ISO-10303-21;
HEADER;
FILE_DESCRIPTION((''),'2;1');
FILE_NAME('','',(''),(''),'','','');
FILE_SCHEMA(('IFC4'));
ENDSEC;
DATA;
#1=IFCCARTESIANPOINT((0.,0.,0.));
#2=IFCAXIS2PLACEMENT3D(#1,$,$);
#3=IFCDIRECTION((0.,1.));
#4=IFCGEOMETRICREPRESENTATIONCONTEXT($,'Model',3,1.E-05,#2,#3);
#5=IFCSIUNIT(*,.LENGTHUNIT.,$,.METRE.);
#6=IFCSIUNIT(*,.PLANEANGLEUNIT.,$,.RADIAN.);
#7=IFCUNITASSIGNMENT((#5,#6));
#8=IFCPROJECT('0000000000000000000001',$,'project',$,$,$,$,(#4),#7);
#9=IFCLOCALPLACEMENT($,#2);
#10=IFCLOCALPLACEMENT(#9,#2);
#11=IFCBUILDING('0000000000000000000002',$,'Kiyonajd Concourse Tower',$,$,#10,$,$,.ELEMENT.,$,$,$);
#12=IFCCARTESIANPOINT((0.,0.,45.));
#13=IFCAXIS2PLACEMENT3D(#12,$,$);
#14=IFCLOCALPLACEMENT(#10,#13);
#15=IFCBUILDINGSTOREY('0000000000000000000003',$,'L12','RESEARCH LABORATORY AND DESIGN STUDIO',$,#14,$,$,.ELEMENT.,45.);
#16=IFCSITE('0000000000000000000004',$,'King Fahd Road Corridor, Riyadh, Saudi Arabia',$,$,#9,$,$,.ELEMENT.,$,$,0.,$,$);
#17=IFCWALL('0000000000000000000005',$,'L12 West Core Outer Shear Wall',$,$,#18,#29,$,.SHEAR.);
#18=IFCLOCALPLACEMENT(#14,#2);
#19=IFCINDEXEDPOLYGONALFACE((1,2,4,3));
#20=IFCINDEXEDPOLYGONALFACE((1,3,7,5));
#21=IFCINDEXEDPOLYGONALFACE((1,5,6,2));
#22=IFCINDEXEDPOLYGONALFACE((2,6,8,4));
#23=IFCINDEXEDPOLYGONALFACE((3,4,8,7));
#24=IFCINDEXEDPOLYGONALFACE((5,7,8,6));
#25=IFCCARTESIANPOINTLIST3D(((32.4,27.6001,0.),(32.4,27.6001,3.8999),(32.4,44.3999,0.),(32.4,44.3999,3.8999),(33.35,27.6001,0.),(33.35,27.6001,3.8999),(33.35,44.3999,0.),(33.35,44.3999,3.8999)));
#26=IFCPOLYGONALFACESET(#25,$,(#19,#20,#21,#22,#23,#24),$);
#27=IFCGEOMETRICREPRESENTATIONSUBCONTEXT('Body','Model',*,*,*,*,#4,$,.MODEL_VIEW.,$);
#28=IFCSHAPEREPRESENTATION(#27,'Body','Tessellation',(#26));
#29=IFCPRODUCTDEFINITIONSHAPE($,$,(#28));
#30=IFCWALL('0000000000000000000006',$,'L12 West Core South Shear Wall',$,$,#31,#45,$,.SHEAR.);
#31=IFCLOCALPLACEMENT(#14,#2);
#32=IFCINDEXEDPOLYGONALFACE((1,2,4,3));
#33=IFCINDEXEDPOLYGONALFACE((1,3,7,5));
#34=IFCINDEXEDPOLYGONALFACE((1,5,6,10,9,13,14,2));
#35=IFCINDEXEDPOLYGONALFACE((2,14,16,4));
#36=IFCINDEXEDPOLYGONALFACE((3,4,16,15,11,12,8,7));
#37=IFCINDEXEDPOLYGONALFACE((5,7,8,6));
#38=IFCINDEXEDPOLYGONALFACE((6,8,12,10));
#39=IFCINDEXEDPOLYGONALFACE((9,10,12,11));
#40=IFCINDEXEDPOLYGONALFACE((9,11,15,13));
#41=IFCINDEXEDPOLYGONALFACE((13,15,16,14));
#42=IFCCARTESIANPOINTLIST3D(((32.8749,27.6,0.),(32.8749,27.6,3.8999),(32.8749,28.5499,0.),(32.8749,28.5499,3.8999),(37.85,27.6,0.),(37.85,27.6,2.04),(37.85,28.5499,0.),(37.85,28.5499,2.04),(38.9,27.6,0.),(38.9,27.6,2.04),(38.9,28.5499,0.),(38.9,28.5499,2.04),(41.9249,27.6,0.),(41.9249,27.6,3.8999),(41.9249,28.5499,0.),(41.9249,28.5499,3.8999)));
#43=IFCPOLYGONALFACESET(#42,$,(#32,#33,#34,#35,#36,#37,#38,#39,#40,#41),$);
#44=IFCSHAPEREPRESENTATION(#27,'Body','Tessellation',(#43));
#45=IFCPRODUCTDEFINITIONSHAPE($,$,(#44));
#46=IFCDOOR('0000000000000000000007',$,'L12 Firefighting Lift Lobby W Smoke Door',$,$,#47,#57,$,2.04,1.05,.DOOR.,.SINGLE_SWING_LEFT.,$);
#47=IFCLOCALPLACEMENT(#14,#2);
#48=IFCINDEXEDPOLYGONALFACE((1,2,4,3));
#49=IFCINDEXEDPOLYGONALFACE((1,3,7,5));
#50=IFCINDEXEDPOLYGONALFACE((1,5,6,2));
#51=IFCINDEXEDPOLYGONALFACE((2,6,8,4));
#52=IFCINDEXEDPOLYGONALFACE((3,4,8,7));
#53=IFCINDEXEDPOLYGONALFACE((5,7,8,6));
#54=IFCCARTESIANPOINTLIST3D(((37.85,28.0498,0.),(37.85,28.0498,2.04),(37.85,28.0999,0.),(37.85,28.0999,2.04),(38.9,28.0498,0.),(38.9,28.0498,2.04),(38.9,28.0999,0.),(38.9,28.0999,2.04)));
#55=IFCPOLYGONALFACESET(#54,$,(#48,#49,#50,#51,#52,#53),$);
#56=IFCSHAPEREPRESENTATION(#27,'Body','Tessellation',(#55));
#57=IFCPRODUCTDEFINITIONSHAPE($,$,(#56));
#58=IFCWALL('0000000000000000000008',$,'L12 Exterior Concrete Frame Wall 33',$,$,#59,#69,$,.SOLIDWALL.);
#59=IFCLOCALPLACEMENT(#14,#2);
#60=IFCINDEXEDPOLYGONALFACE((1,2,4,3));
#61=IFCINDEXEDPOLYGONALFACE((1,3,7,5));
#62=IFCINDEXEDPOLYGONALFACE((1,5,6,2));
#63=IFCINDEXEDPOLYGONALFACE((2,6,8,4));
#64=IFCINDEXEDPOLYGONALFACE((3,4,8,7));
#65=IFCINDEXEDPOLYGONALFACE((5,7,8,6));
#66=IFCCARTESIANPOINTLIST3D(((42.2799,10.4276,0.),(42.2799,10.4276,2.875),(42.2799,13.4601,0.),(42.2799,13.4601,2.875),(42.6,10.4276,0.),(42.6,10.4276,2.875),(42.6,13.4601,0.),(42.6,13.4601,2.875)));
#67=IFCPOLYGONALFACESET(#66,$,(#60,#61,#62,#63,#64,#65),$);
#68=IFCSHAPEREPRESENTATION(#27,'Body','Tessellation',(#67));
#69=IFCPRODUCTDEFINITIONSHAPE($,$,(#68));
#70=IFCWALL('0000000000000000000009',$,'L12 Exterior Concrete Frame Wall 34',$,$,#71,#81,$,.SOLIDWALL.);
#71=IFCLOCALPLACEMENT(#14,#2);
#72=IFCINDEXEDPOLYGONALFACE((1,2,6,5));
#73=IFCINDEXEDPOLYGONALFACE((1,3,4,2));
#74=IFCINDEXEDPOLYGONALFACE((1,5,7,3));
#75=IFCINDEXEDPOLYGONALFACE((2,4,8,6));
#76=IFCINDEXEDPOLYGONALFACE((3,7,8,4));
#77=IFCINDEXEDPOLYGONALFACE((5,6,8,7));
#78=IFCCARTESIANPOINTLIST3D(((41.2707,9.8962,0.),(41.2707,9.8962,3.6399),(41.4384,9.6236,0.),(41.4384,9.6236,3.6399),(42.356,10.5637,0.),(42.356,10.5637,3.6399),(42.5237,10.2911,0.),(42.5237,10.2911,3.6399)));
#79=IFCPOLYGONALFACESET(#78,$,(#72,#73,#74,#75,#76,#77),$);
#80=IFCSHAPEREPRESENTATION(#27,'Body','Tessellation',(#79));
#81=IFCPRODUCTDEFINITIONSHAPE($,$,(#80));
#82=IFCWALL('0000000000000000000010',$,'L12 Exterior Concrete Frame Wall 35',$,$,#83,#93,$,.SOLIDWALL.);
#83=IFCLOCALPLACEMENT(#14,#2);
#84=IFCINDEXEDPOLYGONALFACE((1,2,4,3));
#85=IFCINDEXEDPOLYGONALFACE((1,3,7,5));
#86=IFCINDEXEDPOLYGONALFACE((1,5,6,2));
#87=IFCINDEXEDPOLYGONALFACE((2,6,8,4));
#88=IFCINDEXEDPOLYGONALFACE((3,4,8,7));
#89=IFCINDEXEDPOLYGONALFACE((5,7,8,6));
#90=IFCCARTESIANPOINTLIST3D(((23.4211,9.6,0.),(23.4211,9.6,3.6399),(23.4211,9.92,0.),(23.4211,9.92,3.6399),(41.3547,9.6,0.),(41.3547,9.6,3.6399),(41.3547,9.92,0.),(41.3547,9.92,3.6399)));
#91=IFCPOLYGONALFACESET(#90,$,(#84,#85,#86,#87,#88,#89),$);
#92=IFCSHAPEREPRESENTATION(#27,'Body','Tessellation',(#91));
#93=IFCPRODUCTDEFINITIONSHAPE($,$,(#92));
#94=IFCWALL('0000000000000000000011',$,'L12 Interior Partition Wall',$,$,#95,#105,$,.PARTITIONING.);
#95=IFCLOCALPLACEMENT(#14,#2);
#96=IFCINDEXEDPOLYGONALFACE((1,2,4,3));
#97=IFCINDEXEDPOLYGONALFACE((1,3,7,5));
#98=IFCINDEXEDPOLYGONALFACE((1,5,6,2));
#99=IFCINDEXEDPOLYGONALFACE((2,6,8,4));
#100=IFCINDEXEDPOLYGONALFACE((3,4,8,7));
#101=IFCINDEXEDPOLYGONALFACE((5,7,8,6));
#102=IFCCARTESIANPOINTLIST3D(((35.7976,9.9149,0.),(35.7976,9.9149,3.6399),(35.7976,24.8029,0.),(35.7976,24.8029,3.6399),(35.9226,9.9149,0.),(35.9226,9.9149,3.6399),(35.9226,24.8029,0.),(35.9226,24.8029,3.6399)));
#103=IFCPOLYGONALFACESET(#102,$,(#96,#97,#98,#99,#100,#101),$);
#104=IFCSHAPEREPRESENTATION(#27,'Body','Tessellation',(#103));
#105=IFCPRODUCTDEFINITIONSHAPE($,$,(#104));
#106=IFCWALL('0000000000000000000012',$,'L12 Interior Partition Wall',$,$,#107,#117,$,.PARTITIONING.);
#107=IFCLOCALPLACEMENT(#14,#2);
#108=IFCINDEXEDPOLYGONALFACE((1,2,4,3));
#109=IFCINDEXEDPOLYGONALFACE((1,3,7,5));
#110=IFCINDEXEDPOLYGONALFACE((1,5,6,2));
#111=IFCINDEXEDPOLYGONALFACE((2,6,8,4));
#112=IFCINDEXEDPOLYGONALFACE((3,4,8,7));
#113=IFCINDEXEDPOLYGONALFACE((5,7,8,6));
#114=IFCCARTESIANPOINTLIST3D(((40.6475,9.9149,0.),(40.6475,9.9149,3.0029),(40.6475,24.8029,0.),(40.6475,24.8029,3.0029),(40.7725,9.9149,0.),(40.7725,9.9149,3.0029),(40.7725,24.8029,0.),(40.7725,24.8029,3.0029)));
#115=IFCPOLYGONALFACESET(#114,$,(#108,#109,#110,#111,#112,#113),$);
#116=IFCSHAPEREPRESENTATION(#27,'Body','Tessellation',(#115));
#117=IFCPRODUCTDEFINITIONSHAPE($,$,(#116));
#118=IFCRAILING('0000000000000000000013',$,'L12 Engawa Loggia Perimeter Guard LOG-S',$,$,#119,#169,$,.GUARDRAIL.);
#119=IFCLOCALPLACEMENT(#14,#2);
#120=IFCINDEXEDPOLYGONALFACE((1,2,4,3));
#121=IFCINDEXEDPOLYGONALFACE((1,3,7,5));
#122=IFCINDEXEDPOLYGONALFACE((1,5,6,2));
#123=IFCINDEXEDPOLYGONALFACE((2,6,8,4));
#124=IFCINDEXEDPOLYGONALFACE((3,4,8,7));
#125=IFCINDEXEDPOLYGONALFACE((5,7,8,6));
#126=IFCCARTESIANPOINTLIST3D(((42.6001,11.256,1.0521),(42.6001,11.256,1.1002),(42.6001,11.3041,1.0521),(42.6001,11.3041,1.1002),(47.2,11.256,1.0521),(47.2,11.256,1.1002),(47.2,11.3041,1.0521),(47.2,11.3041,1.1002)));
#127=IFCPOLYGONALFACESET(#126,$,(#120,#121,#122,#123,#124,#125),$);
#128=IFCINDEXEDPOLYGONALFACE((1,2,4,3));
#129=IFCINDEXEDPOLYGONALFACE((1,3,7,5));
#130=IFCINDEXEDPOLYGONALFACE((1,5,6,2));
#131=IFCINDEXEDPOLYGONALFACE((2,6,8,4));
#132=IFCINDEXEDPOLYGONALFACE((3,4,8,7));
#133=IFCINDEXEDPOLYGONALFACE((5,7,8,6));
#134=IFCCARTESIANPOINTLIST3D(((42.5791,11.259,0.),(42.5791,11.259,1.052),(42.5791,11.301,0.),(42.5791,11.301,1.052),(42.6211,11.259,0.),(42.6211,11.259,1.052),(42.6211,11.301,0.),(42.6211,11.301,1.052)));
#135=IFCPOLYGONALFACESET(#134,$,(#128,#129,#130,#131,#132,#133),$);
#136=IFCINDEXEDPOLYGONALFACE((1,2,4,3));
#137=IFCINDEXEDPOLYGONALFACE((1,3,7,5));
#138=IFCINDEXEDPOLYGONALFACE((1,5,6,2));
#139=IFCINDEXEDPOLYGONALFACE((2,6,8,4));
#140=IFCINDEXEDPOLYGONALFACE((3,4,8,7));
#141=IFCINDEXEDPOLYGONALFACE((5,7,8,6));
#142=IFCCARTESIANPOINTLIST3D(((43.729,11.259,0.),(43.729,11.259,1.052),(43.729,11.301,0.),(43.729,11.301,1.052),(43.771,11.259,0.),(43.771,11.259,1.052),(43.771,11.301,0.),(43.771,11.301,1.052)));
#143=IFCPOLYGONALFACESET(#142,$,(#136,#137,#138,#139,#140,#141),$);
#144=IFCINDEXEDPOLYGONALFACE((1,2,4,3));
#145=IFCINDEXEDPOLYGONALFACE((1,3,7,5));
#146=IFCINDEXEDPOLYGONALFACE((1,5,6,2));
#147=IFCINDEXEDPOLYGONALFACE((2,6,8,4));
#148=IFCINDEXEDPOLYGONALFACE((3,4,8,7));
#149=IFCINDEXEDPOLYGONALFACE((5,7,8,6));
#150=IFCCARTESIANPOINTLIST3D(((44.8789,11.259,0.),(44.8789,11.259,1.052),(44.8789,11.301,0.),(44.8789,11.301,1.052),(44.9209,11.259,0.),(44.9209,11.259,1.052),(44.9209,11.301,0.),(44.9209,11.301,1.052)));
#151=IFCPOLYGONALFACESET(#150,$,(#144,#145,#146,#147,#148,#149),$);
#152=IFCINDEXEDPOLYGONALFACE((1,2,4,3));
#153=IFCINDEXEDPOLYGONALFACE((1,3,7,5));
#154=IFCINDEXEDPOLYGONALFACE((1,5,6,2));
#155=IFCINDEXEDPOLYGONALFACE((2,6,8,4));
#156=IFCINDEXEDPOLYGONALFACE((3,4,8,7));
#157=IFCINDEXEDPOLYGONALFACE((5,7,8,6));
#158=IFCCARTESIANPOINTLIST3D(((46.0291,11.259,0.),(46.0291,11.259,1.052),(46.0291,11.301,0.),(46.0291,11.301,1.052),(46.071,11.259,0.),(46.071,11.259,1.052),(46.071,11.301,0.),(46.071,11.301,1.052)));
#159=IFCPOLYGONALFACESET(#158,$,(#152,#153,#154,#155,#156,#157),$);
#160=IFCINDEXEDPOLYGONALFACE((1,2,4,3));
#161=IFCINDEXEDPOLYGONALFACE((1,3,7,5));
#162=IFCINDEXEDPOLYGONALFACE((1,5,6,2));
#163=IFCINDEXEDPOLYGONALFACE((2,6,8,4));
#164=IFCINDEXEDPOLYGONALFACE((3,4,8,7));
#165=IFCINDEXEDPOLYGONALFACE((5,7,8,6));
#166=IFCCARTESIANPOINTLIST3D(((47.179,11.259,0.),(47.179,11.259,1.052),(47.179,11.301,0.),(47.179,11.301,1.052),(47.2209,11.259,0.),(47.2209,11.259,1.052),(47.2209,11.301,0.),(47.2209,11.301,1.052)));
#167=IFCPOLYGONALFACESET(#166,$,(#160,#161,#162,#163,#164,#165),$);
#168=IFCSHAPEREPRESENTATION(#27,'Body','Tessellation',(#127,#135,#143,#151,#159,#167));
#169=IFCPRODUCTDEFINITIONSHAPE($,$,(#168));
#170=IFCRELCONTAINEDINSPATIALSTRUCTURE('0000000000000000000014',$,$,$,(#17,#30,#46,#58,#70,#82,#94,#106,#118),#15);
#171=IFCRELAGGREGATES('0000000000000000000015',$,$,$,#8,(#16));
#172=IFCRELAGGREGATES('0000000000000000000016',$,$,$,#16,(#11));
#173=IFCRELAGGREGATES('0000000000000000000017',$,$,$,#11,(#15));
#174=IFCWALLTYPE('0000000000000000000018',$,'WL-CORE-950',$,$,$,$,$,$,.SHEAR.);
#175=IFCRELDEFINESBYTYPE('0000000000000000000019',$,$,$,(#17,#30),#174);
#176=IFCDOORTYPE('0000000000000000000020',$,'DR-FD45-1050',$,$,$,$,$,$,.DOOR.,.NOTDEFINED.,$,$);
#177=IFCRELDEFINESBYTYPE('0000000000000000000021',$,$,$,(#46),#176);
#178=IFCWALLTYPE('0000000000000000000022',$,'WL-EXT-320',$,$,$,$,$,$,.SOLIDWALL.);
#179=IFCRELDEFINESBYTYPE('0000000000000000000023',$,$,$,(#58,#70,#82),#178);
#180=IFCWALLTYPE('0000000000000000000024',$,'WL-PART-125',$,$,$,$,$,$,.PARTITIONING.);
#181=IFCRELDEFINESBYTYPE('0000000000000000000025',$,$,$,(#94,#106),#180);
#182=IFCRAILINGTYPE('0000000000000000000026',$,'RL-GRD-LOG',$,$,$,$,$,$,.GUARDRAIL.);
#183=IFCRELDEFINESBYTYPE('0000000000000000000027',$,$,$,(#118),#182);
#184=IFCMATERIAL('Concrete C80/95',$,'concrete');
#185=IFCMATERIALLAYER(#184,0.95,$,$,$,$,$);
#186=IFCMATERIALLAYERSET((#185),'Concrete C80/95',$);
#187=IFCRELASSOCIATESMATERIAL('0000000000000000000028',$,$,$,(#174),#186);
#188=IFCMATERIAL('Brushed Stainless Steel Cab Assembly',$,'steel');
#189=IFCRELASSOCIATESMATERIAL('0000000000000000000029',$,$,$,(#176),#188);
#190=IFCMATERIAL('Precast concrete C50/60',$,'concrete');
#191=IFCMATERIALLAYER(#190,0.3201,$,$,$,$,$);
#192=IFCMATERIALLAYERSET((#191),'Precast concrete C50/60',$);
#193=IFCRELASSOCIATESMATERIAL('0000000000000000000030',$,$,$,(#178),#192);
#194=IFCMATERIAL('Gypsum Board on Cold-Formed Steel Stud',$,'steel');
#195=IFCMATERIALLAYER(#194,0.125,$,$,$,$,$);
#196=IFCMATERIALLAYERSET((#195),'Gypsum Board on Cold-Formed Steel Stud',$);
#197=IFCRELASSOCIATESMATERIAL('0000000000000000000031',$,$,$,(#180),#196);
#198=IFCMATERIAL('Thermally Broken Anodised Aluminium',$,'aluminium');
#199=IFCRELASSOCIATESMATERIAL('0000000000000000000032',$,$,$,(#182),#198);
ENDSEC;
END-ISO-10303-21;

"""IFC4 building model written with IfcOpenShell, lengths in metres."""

from ifc_helpers import new_model, si_unit, direction, frame, frame_2d, origin, origin_2d, place, context, subcontext, project, spatial, rectangle, extrude, material, layer, layer_set, type_object, element, fill, save


model = new_model("IFC4")

# Units and contexts
model_context = context("Model", 3, precision=1e-05, world=origin(), true_north=direction((0.0, 1.0)))
body_context = subcontext(model_context, "Body", "Model", "MODEL_VIEW")
ifc_project = project(units=[si_unit("LENGTHUNIT", "METRE"), si_unit("PLANEANGLEUNIT", "RADIAN")], contexts=[model_context])

# Site, building, storey
site_placement = place(None, origin())
site = spatial("IfcSite", under=ifc_project, at=site_placement, Name="King Fahd Road Corridor, Riyadh, Saudi Arabia", CompositionType="ELEMENT", RefElevation=0.0)
building_placement = place(site_placement, origin())
building = spatial("IfcBuilding", under=site, at=building_placement, Name="Kiyonajd Concourse Tower", CompositionType="ELEMENT")
storey_placement = place(building_placement, frame((0.0, 0.0, 45.0)))
storey = spatial("IfcBuildingStorey", under=building, at=storey_placement, Name="L12", Description="RESEARCH LABORATORY AND DESIGN STUDIO", CompositionType="ELEMENT", Elevation=45.0)

# Shared definitions
ifc_material_1 = material(Name="Concrete C80/95", Category="concrete")

# Shared definitions
ifc_material_2 = material(Name="Precast concrete C50/60", Category="concrete")

# Shared definitions
ifc_material_3 = material(Name="Thermally Broken Anodised Aluminium", Category="aluminium")

# Wall
ifc_layer_1 = layer(ifc_material_1, 0.95)
ifc_layer_set_1 = layer_set([ifc_layer_1], Name="Concrete C80/95")
wall_type_1 = type_object("IfcWallType", Name="WL-CORE-950", PredefinedType="SHEAR", material=ifc_layer_set_1)
wall_1_placement = place(storey_placement, frame((32.875, 27.6001, 0.0), z_axis=(0.0, 0.0, 1.0), x_axis=(0.0, 1.0, 0.0)))
element("IfcWall", 1, at=wall_1_placement, inside=storey, type_object=wall_type_1, Name="L12 West Core Outer Shear Wall", PredefinedType="SHEAR", context=body_context, shape_type="SweptSolid", body=[
    extrude(rectangle(XDim=16.7998, YDim=0.95, at=frame_2d((8.3999, 0.0))), origin(), (0.0, 0.0, 1.0), 3.8999),
])

# Wall, opening, door
wall_2_placement = place(storey_placement, frame((32.875, 28.075, 0.0), z_axis=(0.0, 0.0, 1.0), x_axis=(1.0, 0.0, 0.0)))
wall_2 = element("IfcWall", 2, at=wall_2_placement, inside=storey, type_object=wall_type_1, Name="L12 West Core South Shear Wall", PredefinedType="SHEAR", context=body_context, shape_type="SweptSolid", body=[
    extrude(rectangle(XDim=9.05, YDim=0.95, at=frame_2d((4.5249, 0.0))), origin(), (0.0, 0.0, 1.0), 3.8999),
])
opening_placement = place(wall_2_placement, frame((4.9751, 0.0, 0.0)))
opening = element("IfcOpeningElement", 3, at=opening_placement, cuts=wall_2, PredefinedType="OPENING", context=body_context, shape_type="SweptSolid", body=[
    extrude(rectangle(XDim=1.05, YDim=2.04, at=frame_2d((0.5249, 1.02))), frame((0.0, 0.4849, 0.0), z_axis=(0.0, -1.0, 0.0), x_axis=(1.0, 0.0, 0.0)), (0.0, 0.0, 1.0), 0.97),
])
ifc_material_4 = material(Name="Brushed Stainless Steel Cab Assembly", Category="steel")
door_type = type_object("IfcDoorType", Name="DR-FD45-1050", OperationType="NOTDEFINED", PredefinedType="DOOR", material=ifc_material_4)
door_placement = place(opening_placement, origin())
door = element("IfcDoor", 4, at=door_placement, inside=storey, type_object=door_type, Name="L12 Firefighting Lift Lobby W Smoke Door", OperationType="SINGLE_SWING_LEFT", OverallHeight=2.04, OverallWidth=1.05, PredefinedType="DOOR", context=body_context, shape_type="SweptSolid", body=[
    extrude(rectangle(XDim=1.05, YDim=2.04, at=frame_2d((0.5249, 1.02))), frame((0.0, 0.0249, 0.0), z_axis=(0.0, -1.0, 0.0), x_axis=(1.0, 0.0, 0.0)), (0.0, 0.0, 1.0), 0.05),
])
fill(opening, door)

# Walls
ifc_layer_2 = layer(ifc_material_2, 0.3201)
ifc_layer_set_2 = layer_set([ifc_layer_2], Name="Precast concrete C50/60")
wall_type_2 = type_object("IfcWallType", Name="WL-EXT-320", PredefinedType="SOLIDWALL", material=ifc_layer_set_2)
wall_3_placement = place(storey_placement, frame((42.4399, 13.46, 0.0), z_axis=(0.0, 0.0, 1.0), x_axis=(0.0, -1.0, 0.0)))
element("IfcWall", 5, at=wall_3_placement, inside=storey, type_object=wall_type_2, Name="L12 Exterior Concrete Frame Wall 33", PredefinedType="SOLIDWALL", context=body_context, shape_type="SweptSolid", body=[
    extrude(rectangle(XDim=3.0325, YDim=0.3201, at=frame_2d((1.5161, 0.0))), origin(), (0.0, 0.0, 1.0), 2.875),
])
wall_4_placement = place(storey_placement, frame((42.4399, 10.4275, 0.0), z_axis=(0.0, 0.0, 1.0), x_axis=(-0.851777, -0.523905, 0.0)))
element("IfcWall", 6, at=wall_4_placement, inside=storey, type_object=wall_type_2, Name="L12 Exterior Concrete Frame Wall 34", PredefinedType="SOLIDWALL", context=body_context, shape_type="SweptSolid", body=[
    extrude(rectangle(XDim=1.2742, YDim=0.3201, at=frame_2d((0.6372, 0.0))), origin(), (0.0, 0.0, 1.0), 3.6399),
])
wall_5_placement = place(storey_placement, frame((41.3547, 9.76, 0.0), z_axis=(0.0, 0.0, 1.0), x_axis=(-1.0, 0.0, 0.0)))
element("IfcWall", 7, at=wall_5_placement, inside=storey, type_object=wall_type_2, Name="L12 Exterior Concrete Frame Wall 35", PredefinedType="SOLIDWALL", context=body_context, shape_type="SweptSolid", body=[
    extrude(rectangle(XDim=17.9336, YDim=0.3201, at=frame_2d((8.9668, 0.0))), origin(), (0.0, 0.0, 1.0), 3.6399),
])
ifc_material_5 = material(Name="Gypsum Board on Cold-Formed Steel Stud", Category="steel")
ifc_layer_3 = layer(ifc_material_5, 0.125)
ifc_layer_set_3 = layer_set([ifc_layer_3], Name="Gypsum Board on Cold-Formed Steel Stud")
wall_type_3 = type_object("IfcWallType", Name="WL-PART-125", PredefinedType="PARTITIONING", material=ifc_layer_set_3)
wall_6_placement = place(storey_placement, frame((35.8601, 9.915, 0.0), z_axis=(0.0, 0.0, 1.0), x_axis=(0.0, 1.0, 0.0)))
element("IfcWall", 8, at=wall_6_placement, inside=storey, type_object=wall_type_3, Name="L12 Interior Partition Wall", PredefinedType="PARTITIONING", context=body_context, shape_type="SweptSolid", body=[
    extrude(rectangle(XDim=14.8879, YDim=0.125, at=frame_2d((7.4438, 0.0))), origin(), (0.0, 0.0, 1.0), 3.6399),
])
wall_7_placement = place(storey_placement, frame((40.71, 9.915, 0.0), z_axis=(0.0, 0.0, 1.0), x_axis=(0.0, 1.0, 0.0)))
element("IfcWall", 9, at=wall_7_placement, inside=storey, type_object=wall_type_3, Name="L12 Interior Partition Wall", PredefinedType="PARTITIONING", context=body_context, shape_type="SweptSolid", body=[
    extrude(rectangle(XDim=14.8879, YDim=0.125, at=frame_2d((7.4438, 0.0))), origin(), (0.0, 0.0, 1.0), 3.0029),
])

# Railing
railing_type = type_object("IfcRailingType", Name="RL-GRD-LOG", PredefinedType="GUARDRAIL", material=ifc_material_3)
railing_placement = place(storey_placement, frame((42.6001, 11.28, 0.0)))
element("IfcRailing", 10, at=railing_placement, inside=storey, type_object=railing_type, Name="L12 Engawa Loggia Perimeter Guard LOG-S", PredefinedType="GUARDRAIL", context=body_context, shape_type="SweptSolid", body=[
    extrude(rectangle(XDim=0.0481, YDim=0.0481, at=origin_2d()), frame((0.0, 0.0, 1.0762), z_axis=(1.0, 0.0, 0.0), x_axis=(0.0, 1.0, 0.0)), (0.0, 0.0, 1.0), 4.5999),
    extrude(rectangle(XDim=0.042, YDim=0.042, at=origin_2d()), origin(), (0.0, 0.0, 1.0), 1.052),
    extrude(rectangle(XDim=0.042, YDim=0.042, at=origin_2d()), frame((1.1499, 0.0, 0.0)), (0.0, 0.0, 1.0), 1.052),
    extrude(rectangle(XDim=0.042, YDim=0.042, at=origin_2d()), frame((2.2998, 0.0, 0.0)), (0.0, 0.0, 1.0), 1.052),
    extrude(rectangle(XDim=0.042, YDim=0.042, at=origin_2d()), frame((3.45, 0.0, 0.0)), (0.0, 0.0, 1.0), 1.052),
    extrude(rectangle(XDim=0.042, YDim=0.042, at=origin_2d()), frame((4.5999, 0.0, 0.0)), (0.0, 0.0, 1.0), 1.052),
])

save(model, "model.ifc")
